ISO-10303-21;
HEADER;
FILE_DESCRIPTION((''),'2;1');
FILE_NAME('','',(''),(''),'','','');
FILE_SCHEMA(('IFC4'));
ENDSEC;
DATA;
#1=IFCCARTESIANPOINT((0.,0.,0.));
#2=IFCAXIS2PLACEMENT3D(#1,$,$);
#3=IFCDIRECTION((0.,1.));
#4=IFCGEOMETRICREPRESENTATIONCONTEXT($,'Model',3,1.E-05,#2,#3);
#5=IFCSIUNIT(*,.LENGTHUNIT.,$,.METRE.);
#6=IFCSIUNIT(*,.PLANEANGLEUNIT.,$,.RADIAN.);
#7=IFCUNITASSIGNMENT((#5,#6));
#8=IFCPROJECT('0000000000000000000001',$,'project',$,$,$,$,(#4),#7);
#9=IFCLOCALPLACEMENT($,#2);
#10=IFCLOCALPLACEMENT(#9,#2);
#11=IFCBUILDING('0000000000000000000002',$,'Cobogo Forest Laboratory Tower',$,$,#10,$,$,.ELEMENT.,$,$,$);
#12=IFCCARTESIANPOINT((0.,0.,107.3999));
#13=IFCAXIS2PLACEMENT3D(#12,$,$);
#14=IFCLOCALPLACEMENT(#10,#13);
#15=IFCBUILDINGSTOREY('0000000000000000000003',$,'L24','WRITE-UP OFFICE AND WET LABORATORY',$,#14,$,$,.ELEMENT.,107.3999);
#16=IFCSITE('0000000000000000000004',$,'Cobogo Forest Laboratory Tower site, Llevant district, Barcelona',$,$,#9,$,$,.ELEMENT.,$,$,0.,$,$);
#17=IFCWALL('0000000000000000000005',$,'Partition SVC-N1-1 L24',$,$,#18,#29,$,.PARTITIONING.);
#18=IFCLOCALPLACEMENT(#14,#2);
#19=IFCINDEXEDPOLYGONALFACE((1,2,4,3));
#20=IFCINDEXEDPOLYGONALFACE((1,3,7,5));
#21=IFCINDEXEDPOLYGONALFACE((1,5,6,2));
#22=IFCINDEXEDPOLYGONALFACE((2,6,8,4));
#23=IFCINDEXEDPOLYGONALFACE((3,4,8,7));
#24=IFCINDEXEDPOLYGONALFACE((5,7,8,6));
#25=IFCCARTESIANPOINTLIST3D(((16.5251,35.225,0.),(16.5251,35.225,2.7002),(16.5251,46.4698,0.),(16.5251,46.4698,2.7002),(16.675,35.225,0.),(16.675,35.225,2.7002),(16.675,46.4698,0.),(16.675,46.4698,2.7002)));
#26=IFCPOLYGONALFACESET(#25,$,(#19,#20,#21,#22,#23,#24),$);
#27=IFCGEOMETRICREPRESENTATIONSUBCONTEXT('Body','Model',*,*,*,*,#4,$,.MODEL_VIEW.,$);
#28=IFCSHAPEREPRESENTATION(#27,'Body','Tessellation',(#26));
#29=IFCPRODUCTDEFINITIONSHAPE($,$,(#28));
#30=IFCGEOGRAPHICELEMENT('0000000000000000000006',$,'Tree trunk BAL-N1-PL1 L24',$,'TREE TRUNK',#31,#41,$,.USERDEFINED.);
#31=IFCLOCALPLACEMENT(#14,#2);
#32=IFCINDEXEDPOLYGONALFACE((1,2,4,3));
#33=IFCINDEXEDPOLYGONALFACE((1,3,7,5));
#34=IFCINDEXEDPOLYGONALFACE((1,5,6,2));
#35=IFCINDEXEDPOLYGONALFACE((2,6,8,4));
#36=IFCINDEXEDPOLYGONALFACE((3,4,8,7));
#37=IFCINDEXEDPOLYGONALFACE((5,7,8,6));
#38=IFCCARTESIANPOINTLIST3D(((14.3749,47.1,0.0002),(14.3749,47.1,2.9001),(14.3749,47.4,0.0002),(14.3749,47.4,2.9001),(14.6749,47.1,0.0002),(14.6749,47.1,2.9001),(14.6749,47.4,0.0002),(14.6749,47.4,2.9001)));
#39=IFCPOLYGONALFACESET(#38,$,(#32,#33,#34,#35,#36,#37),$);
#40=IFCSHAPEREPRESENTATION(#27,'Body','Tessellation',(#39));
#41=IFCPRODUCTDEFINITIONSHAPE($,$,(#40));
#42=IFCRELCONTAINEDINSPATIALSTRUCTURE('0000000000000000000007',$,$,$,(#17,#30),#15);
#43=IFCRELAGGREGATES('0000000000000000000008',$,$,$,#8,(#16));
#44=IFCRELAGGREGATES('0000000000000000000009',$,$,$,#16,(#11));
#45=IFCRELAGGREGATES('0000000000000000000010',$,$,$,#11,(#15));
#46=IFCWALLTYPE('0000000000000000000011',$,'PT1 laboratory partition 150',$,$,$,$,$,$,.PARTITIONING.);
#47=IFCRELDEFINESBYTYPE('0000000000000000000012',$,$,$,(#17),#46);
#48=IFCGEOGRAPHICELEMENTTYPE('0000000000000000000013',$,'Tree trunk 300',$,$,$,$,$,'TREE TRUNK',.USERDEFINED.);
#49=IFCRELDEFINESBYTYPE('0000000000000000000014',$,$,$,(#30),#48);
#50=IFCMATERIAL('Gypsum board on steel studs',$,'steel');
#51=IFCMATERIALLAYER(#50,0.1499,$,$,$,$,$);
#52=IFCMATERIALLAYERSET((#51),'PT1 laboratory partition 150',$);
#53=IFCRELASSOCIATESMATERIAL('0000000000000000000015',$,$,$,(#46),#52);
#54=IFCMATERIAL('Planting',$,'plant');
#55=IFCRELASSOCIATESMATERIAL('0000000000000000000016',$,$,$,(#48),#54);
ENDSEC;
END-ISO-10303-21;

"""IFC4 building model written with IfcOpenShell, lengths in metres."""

from ifc_helpers import new_model, si_unit, direction, frame, frame_2d, origin, origin_2d, place, context, subcontext, project, spatial, rectangle, extrude, material, layer, layer_set, type_object, element, save


model = new_model("IFC4")

# Units and contexts
model_context = context("Model", 3, precision=1e-05, world=origin(), true_north=direction((0.0, 1.0)))
body_context = subcontext(model_context, "Body", "Model", "MODEL_VIEW")
ifc_project = project(units=[si_unit("LENGTHUNIT", "METRE"), si_unit("PLANEANGLEUNIT", "RADIAN")], contexts=[model_context])

# Site, building, storey
site_placement = place(None, origin())
site = spatial("IfcSite", under=ifc_project, at=site_placement, Name="Cobogo Forest Laboratory Tower site, Llevant district, Barcelona", CompositionType="ELEMENT", RefElevation=0.0)
building_placement = place(site_placement, origin())
building = spatial("IfcBuilding", under=site, at=building_placement, Name="Cobogo Forest Laboratory Tower", CompositionType="ELEMENT")
storey_placement = place(building_placement, frame((0.0, 0.0, 107.3999)))
storey = spatial("IfcBuildingStorey", under=building, at=storey_placement, Name="L24", Description="WRITE-UP OFFICE AND WET LABORATORY", CompositionType="ELEMENT", Elevation=107.3999)

# Wall
ifc_material_1 = material(Name="Gypsum board on steel studs", Category="steel")
ifc_layer_1 = layer(ifc_material_1, 0.1499)
ifc_layer_set_1 = layer_set([ifc_layer_1], Name="PT1 laboratory partition 150")
wall_type_1 = type_object("IfcWallType", Name="PT1 laboratory partition 150", PredefinedType="PARTITIONING", material=ifc_layer_set_1)
wall_1_placement = place(storey_placement, frame((16.6001, 46.47, 0.0), z_axis=(0.0, 0.0, 1.0), x_axis=(0.0, -1.0, 0.0)))
element("IfcWall", 1, at=wall_1_placement, inside=storey, type_object=wall_type_1, Name="Partition SVC-N1-1 L24", PredefinedType="PARTITIONING", context=body_context, shape_type="SweptSolid", body=[
    extrude(rectangle(XDim=11.2449, YDim=0.1499, at=frame_2d((5.6226, 0.0))), origin(), (0.0, 0.0, 1.0), 2.7002),
])

# Geographic element
ifc_material_2 = material(Name="Planting", Category="plant")
geographic_element_type = type_object("IfcGeographicElementType", Name="Tree trunk 300", ElementType="TREE TRUNK", PredefinedType="USERDEFINED", material=ifc_material_2)
geographic_element_placement = place(storey_placement, frame((14.5249, 47.25, 0.0002), z_axis=(0.0, 0.0, 1.0), x_axis=(1.0, 0.0, 0.0)))
element("IfcGeographicElement", 2, at=geographic_element_placement, inside=storey, type_object=geographic_element_type, Name="Tree trunk BAL-N1-PL1 L24", ObjectType="TREE TRUNK", PredefinedType="USERDEFINED", context=body_context, shape_type="SweptSolid", body=[
    extrude(rectangle(XDim=0.3, YDim=0.3, at=origin_2d()), origin(), (0.0, 0.0, 1.0), 2.8999),
])

save(model, "model.ifc")
